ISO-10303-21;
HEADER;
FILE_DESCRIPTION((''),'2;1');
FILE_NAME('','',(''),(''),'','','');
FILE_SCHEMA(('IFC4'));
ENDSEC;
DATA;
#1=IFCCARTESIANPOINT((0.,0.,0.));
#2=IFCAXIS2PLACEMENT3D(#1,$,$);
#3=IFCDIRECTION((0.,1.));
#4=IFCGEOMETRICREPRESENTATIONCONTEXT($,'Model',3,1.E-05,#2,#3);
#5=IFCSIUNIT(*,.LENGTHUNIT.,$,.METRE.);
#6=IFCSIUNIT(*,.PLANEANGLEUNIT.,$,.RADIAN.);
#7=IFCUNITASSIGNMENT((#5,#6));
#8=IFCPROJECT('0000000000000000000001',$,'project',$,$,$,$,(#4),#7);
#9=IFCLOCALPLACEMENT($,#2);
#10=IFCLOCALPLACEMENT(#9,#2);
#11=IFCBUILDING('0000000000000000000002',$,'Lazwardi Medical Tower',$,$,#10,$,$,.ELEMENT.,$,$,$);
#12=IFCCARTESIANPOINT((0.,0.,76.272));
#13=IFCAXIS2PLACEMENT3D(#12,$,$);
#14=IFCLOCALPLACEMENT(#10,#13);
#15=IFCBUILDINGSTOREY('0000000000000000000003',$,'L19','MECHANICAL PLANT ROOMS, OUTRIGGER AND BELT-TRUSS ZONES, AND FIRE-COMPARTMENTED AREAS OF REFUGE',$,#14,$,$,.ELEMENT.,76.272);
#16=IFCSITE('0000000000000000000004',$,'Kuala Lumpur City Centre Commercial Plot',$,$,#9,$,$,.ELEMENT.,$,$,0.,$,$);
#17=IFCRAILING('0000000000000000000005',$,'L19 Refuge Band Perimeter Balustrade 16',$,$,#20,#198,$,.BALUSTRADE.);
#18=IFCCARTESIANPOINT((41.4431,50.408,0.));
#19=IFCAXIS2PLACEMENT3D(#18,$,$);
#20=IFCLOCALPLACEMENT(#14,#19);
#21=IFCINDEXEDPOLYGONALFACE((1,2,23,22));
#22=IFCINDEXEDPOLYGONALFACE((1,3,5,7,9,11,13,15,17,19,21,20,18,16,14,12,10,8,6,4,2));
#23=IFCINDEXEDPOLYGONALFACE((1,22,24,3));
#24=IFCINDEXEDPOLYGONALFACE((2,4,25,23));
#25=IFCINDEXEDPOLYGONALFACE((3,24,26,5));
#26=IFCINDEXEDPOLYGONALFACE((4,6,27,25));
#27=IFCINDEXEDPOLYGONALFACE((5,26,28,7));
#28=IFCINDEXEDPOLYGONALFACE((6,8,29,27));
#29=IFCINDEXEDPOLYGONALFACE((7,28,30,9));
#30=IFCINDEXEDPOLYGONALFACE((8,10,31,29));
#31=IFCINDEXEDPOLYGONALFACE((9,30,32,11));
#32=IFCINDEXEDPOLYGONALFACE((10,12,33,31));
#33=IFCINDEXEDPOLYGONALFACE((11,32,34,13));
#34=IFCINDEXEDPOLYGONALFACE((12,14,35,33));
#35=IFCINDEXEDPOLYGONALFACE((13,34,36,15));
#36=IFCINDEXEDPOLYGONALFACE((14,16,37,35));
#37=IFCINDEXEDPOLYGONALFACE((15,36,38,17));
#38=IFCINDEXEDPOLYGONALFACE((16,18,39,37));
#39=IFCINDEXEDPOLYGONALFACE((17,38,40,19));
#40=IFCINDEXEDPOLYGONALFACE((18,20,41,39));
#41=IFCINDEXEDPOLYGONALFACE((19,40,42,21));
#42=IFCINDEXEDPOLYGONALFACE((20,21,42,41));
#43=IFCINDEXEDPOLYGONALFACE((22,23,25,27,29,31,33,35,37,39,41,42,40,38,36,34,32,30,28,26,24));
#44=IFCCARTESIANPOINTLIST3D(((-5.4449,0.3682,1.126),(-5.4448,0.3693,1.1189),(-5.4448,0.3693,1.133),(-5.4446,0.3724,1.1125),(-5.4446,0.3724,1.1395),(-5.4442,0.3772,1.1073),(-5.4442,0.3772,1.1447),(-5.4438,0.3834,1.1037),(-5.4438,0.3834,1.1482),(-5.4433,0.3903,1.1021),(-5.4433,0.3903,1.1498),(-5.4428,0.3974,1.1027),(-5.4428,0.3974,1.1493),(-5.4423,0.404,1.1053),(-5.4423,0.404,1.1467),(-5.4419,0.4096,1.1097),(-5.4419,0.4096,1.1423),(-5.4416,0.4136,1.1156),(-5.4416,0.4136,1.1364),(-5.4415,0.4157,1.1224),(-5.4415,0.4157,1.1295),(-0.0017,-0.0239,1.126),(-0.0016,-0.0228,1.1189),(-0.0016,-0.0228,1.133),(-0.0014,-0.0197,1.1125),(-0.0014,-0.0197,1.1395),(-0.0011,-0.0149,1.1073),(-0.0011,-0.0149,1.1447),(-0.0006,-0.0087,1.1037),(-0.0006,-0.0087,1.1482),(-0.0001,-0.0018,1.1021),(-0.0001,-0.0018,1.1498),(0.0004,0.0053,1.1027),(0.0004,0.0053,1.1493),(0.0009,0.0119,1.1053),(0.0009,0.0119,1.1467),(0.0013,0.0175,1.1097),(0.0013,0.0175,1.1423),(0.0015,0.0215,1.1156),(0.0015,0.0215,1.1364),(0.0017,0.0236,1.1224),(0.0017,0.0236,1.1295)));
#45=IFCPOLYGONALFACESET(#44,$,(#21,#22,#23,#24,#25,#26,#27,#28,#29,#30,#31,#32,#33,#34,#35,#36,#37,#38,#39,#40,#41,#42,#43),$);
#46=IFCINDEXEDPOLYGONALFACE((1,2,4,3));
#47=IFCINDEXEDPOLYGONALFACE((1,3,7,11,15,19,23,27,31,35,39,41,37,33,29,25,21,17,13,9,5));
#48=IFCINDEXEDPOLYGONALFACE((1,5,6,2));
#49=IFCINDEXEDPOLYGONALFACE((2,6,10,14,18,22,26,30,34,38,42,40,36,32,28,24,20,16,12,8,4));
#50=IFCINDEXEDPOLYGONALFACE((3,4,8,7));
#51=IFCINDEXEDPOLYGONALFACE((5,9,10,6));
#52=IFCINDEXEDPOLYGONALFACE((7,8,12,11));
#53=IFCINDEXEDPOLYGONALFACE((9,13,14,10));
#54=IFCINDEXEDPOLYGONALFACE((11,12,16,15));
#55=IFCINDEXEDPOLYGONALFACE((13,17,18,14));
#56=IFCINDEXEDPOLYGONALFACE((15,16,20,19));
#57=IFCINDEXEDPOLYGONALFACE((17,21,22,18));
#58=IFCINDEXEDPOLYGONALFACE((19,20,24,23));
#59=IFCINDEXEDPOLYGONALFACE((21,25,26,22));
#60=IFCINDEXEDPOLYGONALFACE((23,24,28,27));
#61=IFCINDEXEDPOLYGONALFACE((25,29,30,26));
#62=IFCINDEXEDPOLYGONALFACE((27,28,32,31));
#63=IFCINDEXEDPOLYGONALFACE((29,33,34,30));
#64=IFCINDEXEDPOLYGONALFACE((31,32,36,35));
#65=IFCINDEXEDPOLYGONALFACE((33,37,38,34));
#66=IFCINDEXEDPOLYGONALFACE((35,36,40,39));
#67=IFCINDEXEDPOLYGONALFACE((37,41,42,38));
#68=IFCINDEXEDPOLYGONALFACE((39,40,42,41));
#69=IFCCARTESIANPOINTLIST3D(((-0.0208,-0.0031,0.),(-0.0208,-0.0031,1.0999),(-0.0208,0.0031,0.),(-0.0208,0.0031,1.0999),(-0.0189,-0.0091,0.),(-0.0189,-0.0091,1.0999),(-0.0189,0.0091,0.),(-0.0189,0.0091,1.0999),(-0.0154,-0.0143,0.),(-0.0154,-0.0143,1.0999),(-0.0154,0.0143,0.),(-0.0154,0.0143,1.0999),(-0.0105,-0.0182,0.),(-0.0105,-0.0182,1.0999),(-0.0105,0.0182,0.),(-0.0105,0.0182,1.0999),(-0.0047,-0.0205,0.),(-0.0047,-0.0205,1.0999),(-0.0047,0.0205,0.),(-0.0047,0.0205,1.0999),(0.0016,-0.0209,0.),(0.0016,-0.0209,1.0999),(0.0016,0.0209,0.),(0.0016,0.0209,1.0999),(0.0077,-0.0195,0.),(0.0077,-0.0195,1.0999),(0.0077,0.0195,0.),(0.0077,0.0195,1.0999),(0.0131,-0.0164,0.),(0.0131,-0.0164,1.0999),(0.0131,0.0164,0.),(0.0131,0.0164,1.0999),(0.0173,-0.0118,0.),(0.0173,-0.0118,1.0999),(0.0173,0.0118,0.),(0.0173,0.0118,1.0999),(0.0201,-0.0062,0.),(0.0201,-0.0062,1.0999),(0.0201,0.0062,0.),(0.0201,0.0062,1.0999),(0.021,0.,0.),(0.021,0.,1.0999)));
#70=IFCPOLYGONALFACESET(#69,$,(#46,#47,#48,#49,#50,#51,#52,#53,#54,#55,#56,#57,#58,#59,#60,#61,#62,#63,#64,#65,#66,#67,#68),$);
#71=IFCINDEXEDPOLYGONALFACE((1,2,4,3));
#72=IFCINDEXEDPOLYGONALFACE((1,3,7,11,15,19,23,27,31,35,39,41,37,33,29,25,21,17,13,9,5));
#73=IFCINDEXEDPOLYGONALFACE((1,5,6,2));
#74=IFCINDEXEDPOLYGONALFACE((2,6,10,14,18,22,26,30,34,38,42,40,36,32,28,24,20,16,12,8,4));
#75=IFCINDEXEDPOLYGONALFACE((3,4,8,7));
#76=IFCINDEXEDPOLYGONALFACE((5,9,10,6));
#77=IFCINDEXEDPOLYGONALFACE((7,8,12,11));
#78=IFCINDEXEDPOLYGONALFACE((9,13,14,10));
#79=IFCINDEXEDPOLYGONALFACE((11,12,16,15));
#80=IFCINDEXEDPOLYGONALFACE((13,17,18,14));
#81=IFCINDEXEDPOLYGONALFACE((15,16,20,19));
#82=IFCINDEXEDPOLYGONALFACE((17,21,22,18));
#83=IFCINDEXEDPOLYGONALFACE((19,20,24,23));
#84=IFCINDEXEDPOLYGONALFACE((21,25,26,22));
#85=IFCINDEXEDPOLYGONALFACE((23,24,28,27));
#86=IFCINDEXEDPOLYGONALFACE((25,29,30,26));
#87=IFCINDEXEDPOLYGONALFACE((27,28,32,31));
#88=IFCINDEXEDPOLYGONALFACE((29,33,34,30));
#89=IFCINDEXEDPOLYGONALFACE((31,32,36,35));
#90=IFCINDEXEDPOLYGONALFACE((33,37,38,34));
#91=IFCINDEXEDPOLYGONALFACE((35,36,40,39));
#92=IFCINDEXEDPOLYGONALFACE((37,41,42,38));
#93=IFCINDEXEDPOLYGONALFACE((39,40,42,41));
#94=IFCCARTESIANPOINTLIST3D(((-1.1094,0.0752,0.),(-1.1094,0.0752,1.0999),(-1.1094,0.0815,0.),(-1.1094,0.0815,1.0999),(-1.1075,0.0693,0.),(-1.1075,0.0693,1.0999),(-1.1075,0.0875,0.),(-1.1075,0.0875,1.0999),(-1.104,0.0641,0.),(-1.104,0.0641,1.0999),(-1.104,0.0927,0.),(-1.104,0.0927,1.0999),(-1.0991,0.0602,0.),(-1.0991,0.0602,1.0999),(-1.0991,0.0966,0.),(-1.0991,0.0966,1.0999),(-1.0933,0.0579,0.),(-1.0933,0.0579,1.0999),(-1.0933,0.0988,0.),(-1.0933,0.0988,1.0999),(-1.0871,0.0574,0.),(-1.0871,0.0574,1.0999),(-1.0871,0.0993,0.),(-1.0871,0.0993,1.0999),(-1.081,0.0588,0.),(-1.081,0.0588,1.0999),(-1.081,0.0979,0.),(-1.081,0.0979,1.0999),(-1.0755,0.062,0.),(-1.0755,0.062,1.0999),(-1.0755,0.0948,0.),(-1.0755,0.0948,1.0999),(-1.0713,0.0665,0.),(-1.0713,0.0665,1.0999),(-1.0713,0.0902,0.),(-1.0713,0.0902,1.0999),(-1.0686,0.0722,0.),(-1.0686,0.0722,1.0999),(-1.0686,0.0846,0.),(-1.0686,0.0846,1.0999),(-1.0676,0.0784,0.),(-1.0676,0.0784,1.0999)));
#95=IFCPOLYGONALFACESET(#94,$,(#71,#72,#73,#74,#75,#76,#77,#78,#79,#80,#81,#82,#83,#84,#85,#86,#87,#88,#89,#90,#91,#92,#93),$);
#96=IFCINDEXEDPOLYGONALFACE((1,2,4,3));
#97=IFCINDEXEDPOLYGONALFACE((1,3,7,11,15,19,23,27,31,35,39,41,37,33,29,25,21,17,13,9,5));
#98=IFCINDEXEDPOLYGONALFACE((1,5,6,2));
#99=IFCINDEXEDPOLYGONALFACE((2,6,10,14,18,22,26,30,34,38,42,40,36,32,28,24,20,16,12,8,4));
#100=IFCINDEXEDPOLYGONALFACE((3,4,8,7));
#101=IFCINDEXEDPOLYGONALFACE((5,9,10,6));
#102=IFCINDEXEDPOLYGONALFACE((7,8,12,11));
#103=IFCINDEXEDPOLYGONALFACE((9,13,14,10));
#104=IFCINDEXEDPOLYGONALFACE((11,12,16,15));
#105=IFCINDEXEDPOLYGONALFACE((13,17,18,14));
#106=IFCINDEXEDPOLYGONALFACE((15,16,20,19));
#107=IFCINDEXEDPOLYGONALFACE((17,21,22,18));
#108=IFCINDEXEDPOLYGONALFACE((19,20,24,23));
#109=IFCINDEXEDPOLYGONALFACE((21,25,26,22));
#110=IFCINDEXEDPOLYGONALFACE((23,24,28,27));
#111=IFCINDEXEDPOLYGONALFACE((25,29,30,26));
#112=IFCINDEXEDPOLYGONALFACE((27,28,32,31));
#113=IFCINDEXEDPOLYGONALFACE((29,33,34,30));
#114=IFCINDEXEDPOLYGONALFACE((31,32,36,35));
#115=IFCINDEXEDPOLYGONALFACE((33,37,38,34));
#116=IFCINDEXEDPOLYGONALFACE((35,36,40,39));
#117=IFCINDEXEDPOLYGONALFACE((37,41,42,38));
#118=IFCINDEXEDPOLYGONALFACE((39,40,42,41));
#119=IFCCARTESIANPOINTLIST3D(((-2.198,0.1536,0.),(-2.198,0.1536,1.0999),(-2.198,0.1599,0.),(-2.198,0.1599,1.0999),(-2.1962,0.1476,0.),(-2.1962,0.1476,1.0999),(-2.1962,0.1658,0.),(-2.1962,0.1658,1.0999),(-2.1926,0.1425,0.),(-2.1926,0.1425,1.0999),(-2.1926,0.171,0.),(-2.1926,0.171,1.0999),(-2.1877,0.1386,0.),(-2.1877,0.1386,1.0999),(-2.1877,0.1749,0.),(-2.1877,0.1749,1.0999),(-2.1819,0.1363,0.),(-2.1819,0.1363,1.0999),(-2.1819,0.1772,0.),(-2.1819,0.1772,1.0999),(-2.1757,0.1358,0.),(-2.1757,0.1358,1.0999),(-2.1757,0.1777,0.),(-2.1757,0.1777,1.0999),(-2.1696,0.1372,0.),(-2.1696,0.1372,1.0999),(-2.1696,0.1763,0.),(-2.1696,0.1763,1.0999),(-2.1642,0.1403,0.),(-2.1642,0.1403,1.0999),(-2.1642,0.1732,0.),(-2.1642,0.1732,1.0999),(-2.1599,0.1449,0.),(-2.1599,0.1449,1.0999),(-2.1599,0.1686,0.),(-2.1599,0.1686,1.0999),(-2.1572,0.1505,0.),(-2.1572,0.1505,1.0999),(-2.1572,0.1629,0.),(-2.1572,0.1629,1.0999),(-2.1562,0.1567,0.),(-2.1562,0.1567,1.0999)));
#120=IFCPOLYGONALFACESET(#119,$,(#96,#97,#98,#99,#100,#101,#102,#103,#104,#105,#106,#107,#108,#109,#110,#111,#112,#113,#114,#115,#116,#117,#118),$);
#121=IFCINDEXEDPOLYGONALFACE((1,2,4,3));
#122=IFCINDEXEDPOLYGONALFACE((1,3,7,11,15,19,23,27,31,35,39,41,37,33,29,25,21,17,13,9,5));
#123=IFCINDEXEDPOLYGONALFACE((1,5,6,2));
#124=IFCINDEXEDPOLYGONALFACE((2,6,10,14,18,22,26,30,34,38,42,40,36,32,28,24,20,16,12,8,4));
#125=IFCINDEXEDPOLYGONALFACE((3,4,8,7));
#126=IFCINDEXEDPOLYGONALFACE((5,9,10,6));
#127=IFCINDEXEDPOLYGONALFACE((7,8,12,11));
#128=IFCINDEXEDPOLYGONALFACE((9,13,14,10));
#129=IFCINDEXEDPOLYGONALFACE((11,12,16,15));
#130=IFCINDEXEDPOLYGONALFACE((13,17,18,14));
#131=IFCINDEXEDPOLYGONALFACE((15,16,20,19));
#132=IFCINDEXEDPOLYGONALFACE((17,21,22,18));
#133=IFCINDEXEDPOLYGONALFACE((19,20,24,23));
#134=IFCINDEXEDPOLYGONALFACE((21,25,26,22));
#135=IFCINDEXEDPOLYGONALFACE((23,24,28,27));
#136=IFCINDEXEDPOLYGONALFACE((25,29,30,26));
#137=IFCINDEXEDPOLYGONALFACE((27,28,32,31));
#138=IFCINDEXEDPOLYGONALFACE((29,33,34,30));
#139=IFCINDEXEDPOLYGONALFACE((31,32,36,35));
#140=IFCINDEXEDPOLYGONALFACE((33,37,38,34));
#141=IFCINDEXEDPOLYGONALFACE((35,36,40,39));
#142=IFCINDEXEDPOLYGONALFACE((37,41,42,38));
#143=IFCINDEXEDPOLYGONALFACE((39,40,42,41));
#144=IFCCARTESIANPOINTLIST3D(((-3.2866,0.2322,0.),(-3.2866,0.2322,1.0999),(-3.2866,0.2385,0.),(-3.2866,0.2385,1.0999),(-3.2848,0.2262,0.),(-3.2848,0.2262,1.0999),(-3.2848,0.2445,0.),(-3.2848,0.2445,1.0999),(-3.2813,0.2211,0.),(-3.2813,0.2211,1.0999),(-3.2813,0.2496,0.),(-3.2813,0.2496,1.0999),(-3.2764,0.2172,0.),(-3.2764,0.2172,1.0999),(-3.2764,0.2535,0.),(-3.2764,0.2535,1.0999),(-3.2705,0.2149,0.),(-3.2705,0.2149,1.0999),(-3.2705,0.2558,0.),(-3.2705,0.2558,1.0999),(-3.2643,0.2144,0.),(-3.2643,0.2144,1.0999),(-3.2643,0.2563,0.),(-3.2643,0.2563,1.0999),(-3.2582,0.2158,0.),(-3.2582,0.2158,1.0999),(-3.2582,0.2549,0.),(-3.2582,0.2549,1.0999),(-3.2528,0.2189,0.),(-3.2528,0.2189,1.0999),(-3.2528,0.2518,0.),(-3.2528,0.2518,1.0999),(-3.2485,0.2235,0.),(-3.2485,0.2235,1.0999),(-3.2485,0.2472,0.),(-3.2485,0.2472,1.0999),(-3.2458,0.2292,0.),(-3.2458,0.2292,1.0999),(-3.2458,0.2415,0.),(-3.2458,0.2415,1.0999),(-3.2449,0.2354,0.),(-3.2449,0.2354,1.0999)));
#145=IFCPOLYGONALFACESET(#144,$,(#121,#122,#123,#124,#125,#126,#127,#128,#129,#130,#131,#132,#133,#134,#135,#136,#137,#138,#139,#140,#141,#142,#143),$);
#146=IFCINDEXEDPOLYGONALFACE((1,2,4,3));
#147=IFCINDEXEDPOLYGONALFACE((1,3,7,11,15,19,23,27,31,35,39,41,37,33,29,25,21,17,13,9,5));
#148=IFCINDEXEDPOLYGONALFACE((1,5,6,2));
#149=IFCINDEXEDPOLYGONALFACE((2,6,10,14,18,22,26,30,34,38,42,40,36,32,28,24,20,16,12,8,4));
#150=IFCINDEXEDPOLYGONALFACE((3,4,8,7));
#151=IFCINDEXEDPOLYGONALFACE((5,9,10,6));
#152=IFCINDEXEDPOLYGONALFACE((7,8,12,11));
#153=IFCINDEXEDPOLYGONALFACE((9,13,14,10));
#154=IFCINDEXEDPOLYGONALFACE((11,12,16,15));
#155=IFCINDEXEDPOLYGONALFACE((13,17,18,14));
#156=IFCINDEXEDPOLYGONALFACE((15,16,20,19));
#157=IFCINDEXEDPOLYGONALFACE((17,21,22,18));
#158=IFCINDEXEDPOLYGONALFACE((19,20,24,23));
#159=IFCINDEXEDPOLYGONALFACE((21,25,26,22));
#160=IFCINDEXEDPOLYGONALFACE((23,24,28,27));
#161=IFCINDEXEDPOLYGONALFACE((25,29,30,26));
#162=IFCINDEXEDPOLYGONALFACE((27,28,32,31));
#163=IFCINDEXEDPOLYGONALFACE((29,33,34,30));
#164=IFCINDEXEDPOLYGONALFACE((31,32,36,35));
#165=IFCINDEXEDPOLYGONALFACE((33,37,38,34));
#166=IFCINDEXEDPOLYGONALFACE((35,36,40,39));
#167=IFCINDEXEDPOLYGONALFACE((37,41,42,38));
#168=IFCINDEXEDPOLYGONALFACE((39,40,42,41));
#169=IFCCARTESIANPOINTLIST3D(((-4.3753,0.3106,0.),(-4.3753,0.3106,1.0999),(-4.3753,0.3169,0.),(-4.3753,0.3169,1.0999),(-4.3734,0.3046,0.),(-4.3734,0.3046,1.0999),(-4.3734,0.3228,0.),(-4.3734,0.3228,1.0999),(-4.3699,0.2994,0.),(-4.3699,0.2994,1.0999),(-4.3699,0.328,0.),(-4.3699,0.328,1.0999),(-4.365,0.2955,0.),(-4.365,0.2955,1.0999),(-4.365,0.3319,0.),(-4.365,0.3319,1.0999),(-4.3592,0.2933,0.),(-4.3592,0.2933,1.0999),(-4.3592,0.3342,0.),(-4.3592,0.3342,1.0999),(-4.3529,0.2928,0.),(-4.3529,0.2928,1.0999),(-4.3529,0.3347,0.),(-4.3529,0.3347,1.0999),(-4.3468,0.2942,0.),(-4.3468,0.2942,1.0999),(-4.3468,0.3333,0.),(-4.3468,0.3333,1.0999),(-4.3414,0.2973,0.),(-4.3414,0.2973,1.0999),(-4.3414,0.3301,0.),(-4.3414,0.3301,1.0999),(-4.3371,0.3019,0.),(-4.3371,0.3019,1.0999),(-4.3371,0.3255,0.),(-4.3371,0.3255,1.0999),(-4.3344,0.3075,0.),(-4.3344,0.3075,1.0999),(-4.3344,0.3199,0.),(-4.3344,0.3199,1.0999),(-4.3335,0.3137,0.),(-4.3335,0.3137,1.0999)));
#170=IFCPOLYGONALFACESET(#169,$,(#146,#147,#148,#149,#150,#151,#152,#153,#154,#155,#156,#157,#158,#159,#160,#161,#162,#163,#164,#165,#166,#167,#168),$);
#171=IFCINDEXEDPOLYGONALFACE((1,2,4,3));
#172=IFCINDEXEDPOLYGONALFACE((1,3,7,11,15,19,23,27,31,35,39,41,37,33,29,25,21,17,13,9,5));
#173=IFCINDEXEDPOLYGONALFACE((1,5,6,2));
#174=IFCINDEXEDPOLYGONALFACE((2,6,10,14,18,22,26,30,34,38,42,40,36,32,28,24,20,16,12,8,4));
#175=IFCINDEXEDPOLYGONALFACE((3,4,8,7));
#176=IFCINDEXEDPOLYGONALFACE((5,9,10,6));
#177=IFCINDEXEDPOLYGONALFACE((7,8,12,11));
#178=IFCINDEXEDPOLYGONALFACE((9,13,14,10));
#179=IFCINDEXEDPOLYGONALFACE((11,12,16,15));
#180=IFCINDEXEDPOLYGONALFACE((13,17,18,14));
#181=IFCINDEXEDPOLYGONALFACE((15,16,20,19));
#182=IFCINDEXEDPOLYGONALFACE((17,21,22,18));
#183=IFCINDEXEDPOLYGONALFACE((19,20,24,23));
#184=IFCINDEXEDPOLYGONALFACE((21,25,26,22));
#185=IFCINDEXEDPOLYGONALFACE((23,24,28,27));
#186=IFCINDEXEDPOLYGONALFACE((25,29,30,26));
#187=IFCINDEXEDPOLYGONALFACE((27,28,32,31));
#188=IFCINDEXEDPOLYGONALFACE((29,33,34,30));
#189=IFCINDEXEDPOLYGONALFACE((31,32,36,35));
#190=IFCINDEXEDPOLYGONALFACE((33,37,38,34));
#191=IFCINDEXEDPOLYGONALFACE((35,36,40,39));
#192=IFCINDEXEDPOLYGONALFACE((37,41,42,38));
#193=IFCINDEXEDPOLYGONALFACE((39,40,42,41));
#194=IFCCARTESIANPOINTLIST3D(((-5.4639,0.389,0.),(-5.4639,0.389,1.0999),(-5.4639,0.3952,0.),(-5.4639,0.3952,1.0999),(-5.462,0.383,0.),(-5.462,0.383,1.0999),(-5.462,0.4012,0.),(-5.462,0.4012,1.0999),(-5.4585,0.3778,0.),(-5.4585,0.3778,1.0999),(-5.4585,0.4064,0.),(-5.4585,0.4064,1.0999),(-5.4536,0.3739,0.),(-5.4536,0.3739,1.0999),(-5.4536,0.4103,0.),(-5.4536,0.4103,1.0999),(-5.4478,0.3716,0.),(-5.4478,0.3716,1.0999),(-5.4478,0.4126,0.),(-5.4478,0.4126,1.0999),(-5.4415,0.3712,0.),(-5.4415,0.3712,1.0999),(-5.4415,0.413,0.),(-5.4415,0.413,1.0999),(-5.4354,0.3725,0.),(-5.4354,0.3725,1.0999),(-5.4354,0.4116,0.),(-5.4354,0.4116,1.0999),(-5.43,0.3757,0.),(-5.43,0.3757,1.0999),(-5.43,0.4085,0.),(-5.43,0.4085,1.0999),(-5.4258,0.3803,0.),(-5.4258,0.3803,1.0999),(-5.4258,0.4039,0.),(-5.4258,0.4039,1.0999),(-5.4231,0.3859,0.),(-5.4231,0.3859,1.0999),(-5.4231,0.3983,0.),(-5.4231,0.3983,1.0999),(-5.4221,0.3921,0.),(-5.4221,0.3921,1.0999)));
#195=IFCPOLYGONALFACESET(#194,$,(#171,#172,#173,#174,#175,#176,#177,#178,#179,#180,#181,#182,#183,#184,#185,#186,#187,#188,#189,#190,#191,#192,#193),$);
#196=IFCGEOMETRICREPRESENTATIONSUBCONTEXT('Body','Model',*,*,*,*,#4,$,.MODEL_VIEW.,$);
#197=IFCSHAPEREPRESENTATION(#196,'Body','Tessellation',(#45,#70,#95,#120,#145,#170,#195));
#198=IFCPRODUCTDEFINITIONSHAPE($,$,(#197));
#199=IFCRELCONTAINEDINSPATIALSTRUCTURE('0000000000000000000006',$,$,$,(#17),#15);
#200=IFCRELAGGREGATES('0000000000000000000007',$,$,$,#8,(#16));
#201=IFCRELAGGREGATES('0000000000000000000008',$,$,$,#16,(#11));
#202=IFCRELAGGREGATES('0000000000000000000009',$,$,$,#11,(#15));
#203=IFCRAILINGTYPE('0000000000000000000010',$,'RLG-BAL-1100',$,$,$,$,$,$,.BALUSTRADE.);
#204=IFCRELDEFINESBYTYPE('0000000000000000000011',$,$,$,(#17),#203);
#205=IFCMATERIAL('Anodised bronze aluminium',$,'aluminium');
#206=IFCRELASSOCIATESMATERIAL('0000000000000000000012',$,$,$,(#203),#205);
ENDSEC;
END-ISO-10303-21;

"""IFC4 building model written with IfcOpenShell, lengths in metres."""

from ifc_helpers import new_model, si_unit, direction, frame, origin, origin_2d, place, context, subcontext, project, spatial, circle, extrude, material, type_object, element, save


model = new_model("IFC4")

# Units and contexts
model_context = context("Model", 3, precision=1e-05, world=origin(), true_north=direction((0.0, 1.0)))
body_context = subcontext(model_context, "Body", "Model", "MODEL_VIEW")
ifc_project = project(units=[si_unit("LENGTHUNIT", "METRE"), si_unit("PLANEANGLEUNIT", "RADIAN")], contexts=[model_context])

# Site, building, storey
site_placement = place(None, origin())
site = spatial("IfcSite", under=ifc_project, at=site_placement, Name="Kuala Lumpur City Centre Commercial Plot", CompositionType="ELEMENT", RefElevation=0.0)
building_placement = place(site_placement, origin())
building = spatial("IfcBuilding", under=site, at=building_placement, Name="Lazwardi Medical Tower", CompositionType="ELEMENT")
storey_placement = place(building_placement, frame((0.0, 0.0, 76.272)))
storey = spatial("IfcBuildingStorey", under=building, at=storey_placement, Name="L19", Description="MECHANICAL PLANT ROOMS, OUTRIGGER AND BELT-TRUSS ZONES, AND FIRE-COMPARTMENTED AREAS OF REFUGE", CompositionType="ELEMENT", Elevation=76.272)

# Railing
ifc_material_1 = material(Name="Anodised bronze aluminium", Category="aluminium")
railing_type = type_object("IfcRailingType", Name="RLG-BAL-1100", PredefinedType="BALUSTRADE", material=ifc_material_1)
railing_1_placement = place(storey_placement, frame((41.4431, 50.408, 0.0)))
element("IfcRailing", 1, at=railing_1_placement, inside=storey, type_object=railing_type, Name="L19 Refuge Band Perimeter Balustrade 16", PredefinedType="BALUSTRADE", context=body_context, shape_type="SweptSolid", body=[
    extrude(circle(Radius=0.0239, at=origin_2d()), frame((0.0, 0.0, 1.126), z_axis=(-0.997416, 0.071848, 0.0), x_axis=(-0.071848, -0.997416, 0.0)), (0.0, 0.0, 1.0), 5.4573),
    extrude(circle(Radius=0.021, at=origin_2d()), origin(), (0.0, 0.0, 1.0), 1.0999),
    extrude(circle(Radius=0.021, at=origin_2d()), frame((-1.0886, 0.0784, 0.0)), (0.0, 0.0, 1.0), 1.0999),
    extrude(circle(Radius=0.021, at=origin_2d()), frame((-2.1772, 0.1567, 0.0)), (0.0, 0.0, 1.0), 1.0999),
    extrude(circle(Radius=0.021, at=origin_2d()), frame((-3.2659, 0.2354, 0.0)), (0.0, 0.0, 1.0), 1.0999),
    extrude(circle(Radius=0.021, at=origin_2d()), frame((-4.3545, 0.3137, 0.0)), (0.0, 0.0, 1.0), 1.0999),
    extrude(circle(Radius=0.021, at=origin_2d()), frame((-5.4431, 0.3921, 0.0)), (0.0, 0.0, 1.0), 1.0999),
])

save(model, "model.ifc")
